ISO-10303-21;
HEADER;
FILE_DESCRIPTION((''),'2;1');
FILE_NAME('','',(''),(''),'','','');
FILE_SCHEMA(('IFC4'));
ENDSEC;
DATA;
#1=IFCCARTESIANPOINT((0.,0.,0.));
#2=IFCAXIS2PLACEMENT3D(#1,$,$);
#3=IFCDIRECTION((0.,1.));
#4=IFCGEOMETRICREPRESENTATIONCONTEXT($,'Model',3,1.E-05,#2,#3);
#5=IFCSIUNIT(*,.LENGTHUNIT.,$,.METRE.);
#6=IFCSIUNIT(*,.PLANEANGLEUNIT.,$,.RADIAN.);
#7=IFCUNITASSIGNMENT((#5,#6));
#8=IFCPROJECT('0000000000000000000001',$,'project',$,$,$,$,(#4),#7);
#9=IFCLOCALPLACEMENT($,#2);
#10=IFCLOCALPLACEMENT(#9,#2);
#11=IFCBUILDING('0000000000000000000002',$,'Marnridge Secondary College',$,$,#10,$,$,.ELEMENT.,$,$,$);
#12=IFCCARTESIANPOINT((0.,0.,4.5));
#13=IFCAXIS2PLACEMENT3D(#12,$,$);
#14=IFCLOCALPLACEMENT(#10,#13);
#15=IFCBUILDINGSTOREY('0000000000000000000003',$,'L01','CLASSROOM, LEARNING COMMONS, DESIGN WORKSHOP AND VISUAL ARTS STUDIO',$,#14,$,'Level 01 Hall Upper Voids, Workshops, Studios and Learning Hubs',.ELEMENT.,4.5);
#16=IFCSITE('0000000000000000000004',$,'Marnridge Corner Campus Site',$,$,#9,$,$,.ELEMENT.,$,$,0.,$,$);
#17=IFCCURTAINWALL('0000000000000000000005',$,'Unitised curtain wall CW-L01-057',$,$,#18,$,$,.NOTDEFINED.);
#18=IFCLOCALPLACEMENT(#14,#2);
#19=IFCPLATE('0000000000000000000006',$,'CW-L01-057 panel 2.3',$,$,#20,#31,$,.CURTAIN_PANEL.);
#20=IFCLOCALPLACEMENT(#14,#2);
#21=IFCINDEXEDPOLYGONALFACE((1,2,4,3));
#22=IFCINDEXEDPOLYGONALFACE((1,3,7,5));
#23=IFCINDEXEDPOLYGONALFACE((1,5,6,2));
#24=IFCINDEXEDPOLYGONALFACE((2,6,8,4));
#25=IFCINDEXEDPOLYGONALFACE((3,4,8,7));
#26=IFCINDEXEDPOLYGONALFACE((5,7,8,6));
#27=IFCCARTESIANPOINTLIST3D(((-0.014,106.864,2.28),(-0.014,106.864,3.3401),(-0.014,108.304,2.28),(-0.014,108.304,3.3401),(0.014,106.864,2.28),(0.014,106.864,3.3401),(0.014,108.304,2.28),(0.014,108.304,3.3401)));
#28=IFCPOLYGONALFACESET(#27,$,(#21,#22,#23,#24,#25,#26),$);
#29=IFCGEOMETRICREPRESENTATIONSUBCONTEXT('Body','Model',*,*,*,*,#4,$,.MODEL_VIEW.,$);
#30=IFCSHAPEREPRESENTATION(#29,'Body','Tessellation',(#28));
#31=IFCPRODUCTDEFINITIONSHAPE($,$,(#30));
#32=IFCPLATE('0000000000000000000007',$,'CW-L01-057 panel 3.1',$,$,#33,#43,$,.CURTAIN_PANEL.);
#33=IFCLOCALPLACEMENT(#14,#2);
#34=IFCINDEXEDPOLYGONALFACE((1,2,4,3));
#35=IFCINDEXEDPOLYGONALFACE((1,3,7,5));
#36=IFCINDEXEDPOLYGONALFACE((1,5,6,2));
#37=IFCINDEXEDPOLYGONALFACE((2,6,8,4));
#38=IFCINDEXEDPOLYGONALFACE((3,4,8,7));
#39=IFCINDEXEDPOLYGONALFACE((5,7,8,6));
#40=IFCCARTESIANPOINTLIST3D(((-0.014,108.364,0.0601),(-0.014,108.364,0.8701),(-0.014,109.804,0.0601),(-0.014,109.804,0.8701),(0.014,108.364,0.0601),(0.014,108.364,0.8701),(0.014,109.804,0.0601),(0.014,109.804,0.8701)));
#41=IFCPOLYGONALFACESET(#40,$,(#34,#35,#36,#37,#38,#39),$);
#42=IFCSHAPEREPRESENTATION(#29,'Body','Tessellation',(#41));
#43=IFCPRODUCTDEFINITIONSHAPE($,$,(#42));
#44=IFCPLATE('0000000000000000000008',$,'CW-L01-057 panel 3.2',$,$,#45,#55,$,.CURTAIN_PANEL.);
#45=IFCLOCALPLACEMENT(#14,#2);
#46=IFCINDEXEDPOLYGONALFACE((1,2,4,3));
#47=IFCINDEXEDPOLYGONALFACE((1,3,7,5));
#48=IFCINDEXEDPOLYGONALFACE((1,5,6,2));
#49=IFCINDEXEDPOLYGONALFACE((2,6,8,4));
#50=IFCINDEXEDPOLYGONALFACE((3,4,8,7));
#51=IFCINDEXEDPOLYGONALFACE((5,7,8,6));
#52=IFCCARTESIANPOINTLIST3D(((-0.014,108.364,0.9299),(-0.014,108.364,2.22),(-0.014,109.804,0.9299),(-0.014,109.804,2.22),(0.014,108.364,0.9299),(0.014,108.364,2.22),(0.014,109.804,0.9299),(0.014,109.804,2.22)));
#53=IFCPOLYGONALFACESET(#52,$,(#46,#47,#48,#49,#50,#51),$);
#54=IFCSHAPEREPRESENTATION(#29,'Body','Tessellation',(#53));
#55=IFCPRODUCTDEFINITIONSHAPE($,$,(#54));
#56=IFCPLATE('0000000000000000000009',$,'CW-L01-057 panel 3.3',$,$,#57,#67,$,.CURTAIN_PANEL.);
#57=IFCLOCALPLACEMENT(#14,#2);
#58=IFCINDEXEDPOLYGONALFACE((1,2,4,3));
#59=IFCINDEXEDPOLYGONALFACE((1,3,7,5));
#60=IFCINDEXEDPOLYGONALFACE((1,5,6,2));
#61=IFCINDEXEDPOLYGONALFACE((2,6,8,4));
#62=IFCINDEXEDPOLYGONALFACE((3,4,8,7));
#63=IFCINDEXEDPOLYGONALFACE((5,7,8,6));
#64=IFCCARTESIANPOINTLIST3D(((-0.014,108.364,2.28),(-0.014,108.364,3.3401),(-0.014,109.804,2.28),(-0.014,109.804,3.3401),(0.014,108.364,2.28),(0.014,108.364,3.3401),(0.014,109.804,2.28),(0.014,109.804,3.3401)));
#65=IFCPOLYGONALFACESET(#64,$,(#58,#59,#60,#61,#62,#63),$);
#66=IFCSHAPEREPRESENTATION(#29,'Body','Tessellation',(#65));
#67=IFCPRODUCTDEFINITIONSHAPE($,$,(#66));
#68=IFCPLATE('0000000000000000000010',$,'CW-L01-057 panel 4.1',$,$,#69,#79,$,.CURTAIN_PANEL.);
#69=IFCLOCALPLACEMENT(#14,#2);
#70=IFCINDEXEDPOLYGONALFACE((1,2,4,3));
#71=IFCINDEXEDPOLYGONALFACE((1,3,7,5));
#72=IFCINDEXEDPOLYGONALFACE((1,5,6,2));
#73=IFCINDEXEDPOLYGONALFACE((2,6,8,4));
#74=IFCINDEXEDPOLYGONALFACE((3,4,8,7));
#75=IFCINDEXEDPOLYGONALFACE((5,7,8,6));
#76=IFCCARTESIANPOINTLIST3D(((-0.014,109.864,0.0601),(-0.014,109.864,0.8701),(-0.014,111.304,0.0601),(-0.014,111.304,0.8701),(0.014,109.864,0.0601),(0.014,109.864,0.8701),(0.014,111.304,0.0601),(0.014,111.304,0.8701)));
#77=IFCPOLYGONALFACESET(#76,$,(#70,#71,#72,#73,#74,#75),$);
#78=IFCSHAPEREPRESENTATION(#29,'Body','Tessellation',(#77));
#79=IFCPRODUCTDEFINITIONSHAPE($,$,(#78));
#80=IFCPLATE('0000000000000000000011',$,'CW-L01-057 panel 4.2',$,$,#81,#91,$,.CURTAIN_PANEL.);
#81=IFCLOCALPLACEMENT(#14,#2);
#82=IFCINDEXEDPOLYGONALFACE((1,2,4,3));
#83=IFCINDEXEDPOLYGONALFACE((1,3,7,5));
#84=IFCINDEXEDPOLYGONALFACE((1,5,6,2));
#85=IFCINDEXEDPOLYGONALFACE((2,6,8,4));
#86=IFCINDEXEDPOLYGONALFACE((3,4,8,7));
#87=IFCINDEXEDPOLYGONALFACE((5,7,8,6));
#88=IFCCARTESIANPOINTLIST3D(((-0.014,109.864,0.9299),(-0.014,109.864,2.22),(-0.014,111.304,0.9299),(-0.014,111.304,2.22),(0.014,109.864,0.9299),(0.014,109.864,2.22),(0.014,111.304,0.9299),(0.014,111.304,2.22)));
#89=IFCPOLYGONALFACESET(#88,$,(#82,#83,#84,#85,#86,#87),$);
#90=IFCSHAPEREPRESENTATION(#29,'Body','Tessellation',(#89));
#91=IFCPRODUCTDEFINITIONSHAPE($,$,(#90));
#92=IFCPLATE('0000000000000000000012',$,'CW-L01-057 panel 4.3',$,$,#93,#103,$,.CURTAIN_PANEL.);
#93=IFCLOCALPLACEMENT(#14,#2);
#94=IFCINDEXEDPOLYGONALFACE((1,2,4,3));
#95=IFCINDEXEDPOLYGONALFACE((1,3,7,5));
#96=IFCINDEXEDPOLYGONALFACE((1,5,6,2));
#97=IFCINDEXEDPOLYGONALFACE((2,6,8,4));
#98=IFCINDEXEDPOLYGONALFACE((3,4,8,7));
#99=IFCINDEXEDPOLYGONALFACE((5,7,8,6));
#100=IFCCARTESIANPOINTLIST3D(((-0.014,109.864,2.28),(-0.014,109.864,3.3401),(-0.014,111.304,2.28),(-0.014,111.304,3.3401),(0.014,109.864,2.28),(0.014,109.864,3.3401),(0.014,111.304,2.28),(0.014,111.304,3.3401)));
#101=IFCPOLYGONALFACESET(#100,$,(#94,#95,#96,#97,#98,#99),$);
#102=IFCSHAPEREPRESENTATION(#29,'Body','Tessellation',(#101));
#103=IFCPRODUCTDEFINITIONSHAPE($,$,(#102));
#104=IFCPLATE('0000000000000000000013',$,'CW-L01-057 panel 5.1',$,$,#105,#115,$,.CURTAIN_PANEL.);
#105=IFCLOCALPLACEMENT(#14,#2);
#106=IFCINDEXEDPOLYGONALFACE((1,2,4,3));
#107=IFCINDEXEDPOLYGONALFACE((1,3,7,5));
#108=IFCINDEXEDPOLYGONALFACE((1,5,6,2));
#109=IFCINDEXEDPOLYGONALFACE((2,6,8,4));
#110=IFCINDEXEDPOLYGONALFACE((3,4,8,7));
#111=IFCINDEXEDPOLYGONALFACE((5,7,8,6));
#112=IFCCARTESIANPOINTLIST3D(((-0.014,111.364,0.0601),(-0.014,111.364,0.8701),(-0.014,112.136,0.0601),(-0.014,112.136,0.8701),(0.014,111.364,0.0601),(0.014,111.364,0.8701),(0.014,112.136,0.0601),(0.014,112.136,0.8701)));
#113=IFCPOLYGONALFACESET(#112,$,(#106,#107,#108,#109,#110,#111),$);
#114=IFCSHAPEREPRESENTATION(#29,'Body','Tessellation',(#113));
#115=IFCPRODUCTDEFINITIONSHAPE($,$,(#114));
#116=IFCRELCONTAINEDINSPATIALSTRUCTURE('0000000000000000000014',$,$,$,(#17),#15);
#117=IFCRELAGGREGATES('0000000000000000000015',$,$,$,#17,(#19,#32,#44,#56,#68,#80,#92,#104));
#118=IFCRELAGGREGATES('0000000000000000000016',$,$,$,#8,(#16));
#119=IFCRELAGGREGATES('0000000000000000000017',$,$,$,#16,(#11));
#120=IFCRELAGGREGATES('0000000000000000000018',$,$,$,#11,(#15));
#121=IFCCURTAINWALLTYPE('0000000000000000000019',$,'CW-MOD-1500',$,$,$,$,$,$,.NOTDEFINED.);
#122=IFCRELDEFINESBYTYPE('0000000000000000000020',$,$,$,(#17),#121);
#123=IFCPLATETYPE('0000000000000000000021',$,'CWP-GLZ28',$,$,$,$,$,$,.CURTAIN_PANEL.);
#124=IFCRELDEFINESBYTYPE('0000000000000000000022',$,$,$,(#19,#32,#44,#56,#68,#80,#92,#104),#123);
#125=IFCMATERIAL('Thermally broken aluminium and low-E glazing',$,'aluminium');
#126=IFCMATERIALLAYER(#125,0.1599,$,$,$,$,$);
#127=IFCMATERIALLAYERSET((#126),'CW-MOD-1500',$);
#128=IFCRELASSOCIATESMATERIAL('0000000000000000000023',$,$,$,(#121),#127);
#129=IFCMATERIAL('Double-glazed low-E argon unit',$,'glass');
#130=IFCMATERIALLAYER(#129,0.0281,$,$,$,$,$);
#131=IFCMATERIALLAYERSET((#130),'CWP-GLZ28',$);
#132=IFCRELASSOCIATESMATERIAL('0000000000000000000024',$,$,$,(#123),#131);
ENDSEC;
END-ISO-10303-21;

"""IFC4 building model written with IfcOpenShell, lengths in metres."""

from ifc_helpers import new_model, si_unit, direction, frame, origin, origin_2d, place, context, subcontext, project, spatial, rectangle, extrude, material, layer, layer_set, type_object, element, aggregate, save


model = new_model("IFC4")

# Units and contexts
model_context = context("Model", 3, precision=1e-05, world=origin(), true_north=direction((0.0, 1.0)))
body_context = subcontext(model_context, "Body", "Model", "MODEL_VIEW")
ifc_project = project(units=[si_unit("LENGTHUNIT", "METRE"), si_unit("PLANEANGLEUNIT", "RADIAN")], contexts=[model_context])

# Site, building, storey
site_placement = place(None, origin())
site = spatial("IfcSite", under=ifc_project, at=site_placement, Name="Marnridge Corner Campus Site", CompositionType="ELEMENT", RefElevation=0.0)
building_placement = place(site_placement, origin())
building = spatial("IfcBuilding", under=site, at=building_placement, Name="Marnridge Secondary College", CompositionType="ELEMENT")
storey_placement = place(building_placement, frame((0.0, 0.0, 4.5)))
storey = spatial("IfcBuildingStorey", under=building, at=storey_placement, Name="L01", Description="CLASSROOM, LEARNING COMMONS, DESIGN WORKSHOP AND VISUAL ARTS STUDIO", LongName="Level 01 Hall Upper Voids, Workshops, Studios and Learning Hubs", CompositionType="ELEMENT", Elevation=4.5)

# Curtain wall, plates
ifc_material_1 = material(Name="Thermally broken aluminium and low-E glazing", Category="aluminium")
ifc_layer_1 = layer(ifc_material_1, 0.1599)
ifc_layer_set_1 = layer_set([ifc_layer_1], Name="CW-MOD-1500")
curtain_wall_type = type_object("IfcCurtainWallType", Name="CW-MOD-1500", PredefinedType="NOTDEFINED", material=ifc_layer_set_1)
curtain_wall_placement = place(storey_placement, origin())
curtain_wall = element("IfcCurtainWall", 1, at=curtain_wall_placement, inside=storey, type_object=curtain_wall_type, Name="Unitised curtain wall CW-L01-057", PredefinedType="NOTDEFINED")
ifc_material_2 = material(Name="Double-glazed low-E argon unit", Category="glass")
ifc_layer_2 = layer(ifc_material_2, 0.0281)
ifc_layer_set_2 = layer_set([ifc_layer_2], Name="CWP-GLZ28")
plate_type = type_object("IfcPlateType", Name="CWP-GLZ28", PredefinedType="CURTAIN_PANEL", material=ifc_layer_set_2)
plate_1_placement = place(storey_placement, frame((0.0, 107.584, 2.28), z_axis=(0.0, 0.0, 1.0), x_axis=(0.0, 1.0, 0.0)))
plate_1 = element("IfcPlate", 2, at=plate_1_placement, type_object=plate_type, Name="CW-L01-057 panel 2.3", PredefinedType="CURTAIN_PANEL", context=body_context, shape_type="SweptSolid", body=[
    extrude(rectangle(XDim=1.4399, YDim=0.0281, at=origin_2d()), origin(), (0.0, 0.0, 1.0), 1.0601),
])
plate_2_placement = place(storey_placement, frame((0.0, 109.084, 0.0601), z_axis=(0.0, 0.0, 1.0), x_axis=(0.0, 1.0, 0.0)))
plate_2 = element("IfcPlate", 3, at=plate_2_placement, type_object=plate_type, Name="CW-L01-057 panel 3.1", PredefinedType="CURTAIN_PANEL", context=body_context, shape_type="SweptSolid", body=[
    extrude(rectangle(XDim=1.4399, YDim=0.0281, at=origin_2d()), origin(), (0.0, 0.0, 1.0), 0.8101),
])
plate_3_placement = place(storey_placement, frame((0.0, 109.084, 0.9299), z_axis=(0.0, 0.0, 1.0), x_axis=(0.0, 1.0, 0.0)))
plate_3 = element("IfcPlate", 4, at=plate_3_placement, type_object=plate_type, Name="CW-L01-057 panel 3.2", PredefinedType="CURTAIN_PANEL", context=body_context, shape_type="SweptSolid", body=[
    extrude(rectangle(XDim=1.4399, YDim=0.0281, at=origin_2d()), origin(), (0.0, 0.0, 1.0), 1.29),
])
plate_4_placement = place(storey_placement, frame((0.0, 109.084, 2.28), z_axis=(0.0, 0.0, 1.0), x_axis=(0.0, 1.0, 0.0)))
plate_4 = element("IfcPlate", 5, at=plate_4_placement, type_object=plate_type, Name="CW-L01-057 panel 3.3", PredefinedType="CURTAIN_PANEL", context=body_context, shape_type="SweptSolid", body=[
    extrude(rectangle(XDim=1.4399, YDim=0.0281, at=origin_2d()), origin(), (0.0, 0.0, 1.0), 1.0601),
])
plate_5_placement = place(storey_placement, frame((0.0, 110.584, 0.0601), z_axis=(0.0, 0.0, 1.0), x_axis=(0.0, 1.0, 0.0)))
plate_5 = element("IfcPlate", 6, at=plate_5_placement, type_object=plate_type, Name="CW-L01-057 panel 4.1", PredefinedType="CURTAIN_PANEL", context=body_context, shape_type="SweptSolid", body=[
    extrude(rectangle(XDim=1.4399, YDim=0.0281, at=origin_2d()), origin(), (0.0, 0.0, 1.0), 0.8101),
])
plate_6_placement = place(storey_placement, frame((0.0, 110.584, 0.9299), z_axis=(0.0, 0.0, 1.0), x_axis=(0.0, 1.0, 0.0)))
plate_6 = element("IfcPlate", 7, at=plate_6_placement, type_object=plate_type, Name="CW-L01-057 panel 4.2", PredefinedType="CURTAIN_PANEL", context=body_context, shape_type="SweptSolid", body=[
    extrude(rectangle(XDim=1.4399, YDim=0.0281, at=origin_2d()), origin(), (0.0, 0.0, 1.0), 1.29),
])
plate_7_placement = place(storey_placement, frame((0.0, 110.584, 2.28), z_axis=(0.0, 0.0, 1.0), x_axis=(0.0, 1.0, 0.0)))
plate_7 = element("IfcPlate", 8, at=plate_7_placement, type_object=plate_type, Name="CW-L01-057 panel 4.3", PredefinedType="CURTAIN_PANEL", context=body_context, shape_type="SweptSolid", body=[
    extrude(rectangle(XDim=1.4399, YDim=0.0281, at=origin_2d()), origin(), (0.0, 0.0, 1.0), 1.0601),
])
plate_8_placement = place(storey_placement, frame((0.0, 111.75, 0.0601), z_axis=(0.0, 0.0, 1.0), x_axis=(0.0, 1.0, 0.0)))
plate_8 = element("IfcPlate", 9, at=plate_8_placement, type_object=plate_type, Name="CW-L01-057 panel 5.1", PredefinedType="CURTAIN_PANEL", context=body_context, shape_type="SweptSolid", body=[
    extrude(rectangle(XDim=0.772, YDim=0.0281, at=origin_2d()), origin(), (0.0, 0.0, 1.0), 0.8101),
])
aggregate(curtain_wall, [plate_1, plate_2, plate_3, plate_4, plate_5, plate_6, plate_7, plate_8])

save(model, "model.ifc")
